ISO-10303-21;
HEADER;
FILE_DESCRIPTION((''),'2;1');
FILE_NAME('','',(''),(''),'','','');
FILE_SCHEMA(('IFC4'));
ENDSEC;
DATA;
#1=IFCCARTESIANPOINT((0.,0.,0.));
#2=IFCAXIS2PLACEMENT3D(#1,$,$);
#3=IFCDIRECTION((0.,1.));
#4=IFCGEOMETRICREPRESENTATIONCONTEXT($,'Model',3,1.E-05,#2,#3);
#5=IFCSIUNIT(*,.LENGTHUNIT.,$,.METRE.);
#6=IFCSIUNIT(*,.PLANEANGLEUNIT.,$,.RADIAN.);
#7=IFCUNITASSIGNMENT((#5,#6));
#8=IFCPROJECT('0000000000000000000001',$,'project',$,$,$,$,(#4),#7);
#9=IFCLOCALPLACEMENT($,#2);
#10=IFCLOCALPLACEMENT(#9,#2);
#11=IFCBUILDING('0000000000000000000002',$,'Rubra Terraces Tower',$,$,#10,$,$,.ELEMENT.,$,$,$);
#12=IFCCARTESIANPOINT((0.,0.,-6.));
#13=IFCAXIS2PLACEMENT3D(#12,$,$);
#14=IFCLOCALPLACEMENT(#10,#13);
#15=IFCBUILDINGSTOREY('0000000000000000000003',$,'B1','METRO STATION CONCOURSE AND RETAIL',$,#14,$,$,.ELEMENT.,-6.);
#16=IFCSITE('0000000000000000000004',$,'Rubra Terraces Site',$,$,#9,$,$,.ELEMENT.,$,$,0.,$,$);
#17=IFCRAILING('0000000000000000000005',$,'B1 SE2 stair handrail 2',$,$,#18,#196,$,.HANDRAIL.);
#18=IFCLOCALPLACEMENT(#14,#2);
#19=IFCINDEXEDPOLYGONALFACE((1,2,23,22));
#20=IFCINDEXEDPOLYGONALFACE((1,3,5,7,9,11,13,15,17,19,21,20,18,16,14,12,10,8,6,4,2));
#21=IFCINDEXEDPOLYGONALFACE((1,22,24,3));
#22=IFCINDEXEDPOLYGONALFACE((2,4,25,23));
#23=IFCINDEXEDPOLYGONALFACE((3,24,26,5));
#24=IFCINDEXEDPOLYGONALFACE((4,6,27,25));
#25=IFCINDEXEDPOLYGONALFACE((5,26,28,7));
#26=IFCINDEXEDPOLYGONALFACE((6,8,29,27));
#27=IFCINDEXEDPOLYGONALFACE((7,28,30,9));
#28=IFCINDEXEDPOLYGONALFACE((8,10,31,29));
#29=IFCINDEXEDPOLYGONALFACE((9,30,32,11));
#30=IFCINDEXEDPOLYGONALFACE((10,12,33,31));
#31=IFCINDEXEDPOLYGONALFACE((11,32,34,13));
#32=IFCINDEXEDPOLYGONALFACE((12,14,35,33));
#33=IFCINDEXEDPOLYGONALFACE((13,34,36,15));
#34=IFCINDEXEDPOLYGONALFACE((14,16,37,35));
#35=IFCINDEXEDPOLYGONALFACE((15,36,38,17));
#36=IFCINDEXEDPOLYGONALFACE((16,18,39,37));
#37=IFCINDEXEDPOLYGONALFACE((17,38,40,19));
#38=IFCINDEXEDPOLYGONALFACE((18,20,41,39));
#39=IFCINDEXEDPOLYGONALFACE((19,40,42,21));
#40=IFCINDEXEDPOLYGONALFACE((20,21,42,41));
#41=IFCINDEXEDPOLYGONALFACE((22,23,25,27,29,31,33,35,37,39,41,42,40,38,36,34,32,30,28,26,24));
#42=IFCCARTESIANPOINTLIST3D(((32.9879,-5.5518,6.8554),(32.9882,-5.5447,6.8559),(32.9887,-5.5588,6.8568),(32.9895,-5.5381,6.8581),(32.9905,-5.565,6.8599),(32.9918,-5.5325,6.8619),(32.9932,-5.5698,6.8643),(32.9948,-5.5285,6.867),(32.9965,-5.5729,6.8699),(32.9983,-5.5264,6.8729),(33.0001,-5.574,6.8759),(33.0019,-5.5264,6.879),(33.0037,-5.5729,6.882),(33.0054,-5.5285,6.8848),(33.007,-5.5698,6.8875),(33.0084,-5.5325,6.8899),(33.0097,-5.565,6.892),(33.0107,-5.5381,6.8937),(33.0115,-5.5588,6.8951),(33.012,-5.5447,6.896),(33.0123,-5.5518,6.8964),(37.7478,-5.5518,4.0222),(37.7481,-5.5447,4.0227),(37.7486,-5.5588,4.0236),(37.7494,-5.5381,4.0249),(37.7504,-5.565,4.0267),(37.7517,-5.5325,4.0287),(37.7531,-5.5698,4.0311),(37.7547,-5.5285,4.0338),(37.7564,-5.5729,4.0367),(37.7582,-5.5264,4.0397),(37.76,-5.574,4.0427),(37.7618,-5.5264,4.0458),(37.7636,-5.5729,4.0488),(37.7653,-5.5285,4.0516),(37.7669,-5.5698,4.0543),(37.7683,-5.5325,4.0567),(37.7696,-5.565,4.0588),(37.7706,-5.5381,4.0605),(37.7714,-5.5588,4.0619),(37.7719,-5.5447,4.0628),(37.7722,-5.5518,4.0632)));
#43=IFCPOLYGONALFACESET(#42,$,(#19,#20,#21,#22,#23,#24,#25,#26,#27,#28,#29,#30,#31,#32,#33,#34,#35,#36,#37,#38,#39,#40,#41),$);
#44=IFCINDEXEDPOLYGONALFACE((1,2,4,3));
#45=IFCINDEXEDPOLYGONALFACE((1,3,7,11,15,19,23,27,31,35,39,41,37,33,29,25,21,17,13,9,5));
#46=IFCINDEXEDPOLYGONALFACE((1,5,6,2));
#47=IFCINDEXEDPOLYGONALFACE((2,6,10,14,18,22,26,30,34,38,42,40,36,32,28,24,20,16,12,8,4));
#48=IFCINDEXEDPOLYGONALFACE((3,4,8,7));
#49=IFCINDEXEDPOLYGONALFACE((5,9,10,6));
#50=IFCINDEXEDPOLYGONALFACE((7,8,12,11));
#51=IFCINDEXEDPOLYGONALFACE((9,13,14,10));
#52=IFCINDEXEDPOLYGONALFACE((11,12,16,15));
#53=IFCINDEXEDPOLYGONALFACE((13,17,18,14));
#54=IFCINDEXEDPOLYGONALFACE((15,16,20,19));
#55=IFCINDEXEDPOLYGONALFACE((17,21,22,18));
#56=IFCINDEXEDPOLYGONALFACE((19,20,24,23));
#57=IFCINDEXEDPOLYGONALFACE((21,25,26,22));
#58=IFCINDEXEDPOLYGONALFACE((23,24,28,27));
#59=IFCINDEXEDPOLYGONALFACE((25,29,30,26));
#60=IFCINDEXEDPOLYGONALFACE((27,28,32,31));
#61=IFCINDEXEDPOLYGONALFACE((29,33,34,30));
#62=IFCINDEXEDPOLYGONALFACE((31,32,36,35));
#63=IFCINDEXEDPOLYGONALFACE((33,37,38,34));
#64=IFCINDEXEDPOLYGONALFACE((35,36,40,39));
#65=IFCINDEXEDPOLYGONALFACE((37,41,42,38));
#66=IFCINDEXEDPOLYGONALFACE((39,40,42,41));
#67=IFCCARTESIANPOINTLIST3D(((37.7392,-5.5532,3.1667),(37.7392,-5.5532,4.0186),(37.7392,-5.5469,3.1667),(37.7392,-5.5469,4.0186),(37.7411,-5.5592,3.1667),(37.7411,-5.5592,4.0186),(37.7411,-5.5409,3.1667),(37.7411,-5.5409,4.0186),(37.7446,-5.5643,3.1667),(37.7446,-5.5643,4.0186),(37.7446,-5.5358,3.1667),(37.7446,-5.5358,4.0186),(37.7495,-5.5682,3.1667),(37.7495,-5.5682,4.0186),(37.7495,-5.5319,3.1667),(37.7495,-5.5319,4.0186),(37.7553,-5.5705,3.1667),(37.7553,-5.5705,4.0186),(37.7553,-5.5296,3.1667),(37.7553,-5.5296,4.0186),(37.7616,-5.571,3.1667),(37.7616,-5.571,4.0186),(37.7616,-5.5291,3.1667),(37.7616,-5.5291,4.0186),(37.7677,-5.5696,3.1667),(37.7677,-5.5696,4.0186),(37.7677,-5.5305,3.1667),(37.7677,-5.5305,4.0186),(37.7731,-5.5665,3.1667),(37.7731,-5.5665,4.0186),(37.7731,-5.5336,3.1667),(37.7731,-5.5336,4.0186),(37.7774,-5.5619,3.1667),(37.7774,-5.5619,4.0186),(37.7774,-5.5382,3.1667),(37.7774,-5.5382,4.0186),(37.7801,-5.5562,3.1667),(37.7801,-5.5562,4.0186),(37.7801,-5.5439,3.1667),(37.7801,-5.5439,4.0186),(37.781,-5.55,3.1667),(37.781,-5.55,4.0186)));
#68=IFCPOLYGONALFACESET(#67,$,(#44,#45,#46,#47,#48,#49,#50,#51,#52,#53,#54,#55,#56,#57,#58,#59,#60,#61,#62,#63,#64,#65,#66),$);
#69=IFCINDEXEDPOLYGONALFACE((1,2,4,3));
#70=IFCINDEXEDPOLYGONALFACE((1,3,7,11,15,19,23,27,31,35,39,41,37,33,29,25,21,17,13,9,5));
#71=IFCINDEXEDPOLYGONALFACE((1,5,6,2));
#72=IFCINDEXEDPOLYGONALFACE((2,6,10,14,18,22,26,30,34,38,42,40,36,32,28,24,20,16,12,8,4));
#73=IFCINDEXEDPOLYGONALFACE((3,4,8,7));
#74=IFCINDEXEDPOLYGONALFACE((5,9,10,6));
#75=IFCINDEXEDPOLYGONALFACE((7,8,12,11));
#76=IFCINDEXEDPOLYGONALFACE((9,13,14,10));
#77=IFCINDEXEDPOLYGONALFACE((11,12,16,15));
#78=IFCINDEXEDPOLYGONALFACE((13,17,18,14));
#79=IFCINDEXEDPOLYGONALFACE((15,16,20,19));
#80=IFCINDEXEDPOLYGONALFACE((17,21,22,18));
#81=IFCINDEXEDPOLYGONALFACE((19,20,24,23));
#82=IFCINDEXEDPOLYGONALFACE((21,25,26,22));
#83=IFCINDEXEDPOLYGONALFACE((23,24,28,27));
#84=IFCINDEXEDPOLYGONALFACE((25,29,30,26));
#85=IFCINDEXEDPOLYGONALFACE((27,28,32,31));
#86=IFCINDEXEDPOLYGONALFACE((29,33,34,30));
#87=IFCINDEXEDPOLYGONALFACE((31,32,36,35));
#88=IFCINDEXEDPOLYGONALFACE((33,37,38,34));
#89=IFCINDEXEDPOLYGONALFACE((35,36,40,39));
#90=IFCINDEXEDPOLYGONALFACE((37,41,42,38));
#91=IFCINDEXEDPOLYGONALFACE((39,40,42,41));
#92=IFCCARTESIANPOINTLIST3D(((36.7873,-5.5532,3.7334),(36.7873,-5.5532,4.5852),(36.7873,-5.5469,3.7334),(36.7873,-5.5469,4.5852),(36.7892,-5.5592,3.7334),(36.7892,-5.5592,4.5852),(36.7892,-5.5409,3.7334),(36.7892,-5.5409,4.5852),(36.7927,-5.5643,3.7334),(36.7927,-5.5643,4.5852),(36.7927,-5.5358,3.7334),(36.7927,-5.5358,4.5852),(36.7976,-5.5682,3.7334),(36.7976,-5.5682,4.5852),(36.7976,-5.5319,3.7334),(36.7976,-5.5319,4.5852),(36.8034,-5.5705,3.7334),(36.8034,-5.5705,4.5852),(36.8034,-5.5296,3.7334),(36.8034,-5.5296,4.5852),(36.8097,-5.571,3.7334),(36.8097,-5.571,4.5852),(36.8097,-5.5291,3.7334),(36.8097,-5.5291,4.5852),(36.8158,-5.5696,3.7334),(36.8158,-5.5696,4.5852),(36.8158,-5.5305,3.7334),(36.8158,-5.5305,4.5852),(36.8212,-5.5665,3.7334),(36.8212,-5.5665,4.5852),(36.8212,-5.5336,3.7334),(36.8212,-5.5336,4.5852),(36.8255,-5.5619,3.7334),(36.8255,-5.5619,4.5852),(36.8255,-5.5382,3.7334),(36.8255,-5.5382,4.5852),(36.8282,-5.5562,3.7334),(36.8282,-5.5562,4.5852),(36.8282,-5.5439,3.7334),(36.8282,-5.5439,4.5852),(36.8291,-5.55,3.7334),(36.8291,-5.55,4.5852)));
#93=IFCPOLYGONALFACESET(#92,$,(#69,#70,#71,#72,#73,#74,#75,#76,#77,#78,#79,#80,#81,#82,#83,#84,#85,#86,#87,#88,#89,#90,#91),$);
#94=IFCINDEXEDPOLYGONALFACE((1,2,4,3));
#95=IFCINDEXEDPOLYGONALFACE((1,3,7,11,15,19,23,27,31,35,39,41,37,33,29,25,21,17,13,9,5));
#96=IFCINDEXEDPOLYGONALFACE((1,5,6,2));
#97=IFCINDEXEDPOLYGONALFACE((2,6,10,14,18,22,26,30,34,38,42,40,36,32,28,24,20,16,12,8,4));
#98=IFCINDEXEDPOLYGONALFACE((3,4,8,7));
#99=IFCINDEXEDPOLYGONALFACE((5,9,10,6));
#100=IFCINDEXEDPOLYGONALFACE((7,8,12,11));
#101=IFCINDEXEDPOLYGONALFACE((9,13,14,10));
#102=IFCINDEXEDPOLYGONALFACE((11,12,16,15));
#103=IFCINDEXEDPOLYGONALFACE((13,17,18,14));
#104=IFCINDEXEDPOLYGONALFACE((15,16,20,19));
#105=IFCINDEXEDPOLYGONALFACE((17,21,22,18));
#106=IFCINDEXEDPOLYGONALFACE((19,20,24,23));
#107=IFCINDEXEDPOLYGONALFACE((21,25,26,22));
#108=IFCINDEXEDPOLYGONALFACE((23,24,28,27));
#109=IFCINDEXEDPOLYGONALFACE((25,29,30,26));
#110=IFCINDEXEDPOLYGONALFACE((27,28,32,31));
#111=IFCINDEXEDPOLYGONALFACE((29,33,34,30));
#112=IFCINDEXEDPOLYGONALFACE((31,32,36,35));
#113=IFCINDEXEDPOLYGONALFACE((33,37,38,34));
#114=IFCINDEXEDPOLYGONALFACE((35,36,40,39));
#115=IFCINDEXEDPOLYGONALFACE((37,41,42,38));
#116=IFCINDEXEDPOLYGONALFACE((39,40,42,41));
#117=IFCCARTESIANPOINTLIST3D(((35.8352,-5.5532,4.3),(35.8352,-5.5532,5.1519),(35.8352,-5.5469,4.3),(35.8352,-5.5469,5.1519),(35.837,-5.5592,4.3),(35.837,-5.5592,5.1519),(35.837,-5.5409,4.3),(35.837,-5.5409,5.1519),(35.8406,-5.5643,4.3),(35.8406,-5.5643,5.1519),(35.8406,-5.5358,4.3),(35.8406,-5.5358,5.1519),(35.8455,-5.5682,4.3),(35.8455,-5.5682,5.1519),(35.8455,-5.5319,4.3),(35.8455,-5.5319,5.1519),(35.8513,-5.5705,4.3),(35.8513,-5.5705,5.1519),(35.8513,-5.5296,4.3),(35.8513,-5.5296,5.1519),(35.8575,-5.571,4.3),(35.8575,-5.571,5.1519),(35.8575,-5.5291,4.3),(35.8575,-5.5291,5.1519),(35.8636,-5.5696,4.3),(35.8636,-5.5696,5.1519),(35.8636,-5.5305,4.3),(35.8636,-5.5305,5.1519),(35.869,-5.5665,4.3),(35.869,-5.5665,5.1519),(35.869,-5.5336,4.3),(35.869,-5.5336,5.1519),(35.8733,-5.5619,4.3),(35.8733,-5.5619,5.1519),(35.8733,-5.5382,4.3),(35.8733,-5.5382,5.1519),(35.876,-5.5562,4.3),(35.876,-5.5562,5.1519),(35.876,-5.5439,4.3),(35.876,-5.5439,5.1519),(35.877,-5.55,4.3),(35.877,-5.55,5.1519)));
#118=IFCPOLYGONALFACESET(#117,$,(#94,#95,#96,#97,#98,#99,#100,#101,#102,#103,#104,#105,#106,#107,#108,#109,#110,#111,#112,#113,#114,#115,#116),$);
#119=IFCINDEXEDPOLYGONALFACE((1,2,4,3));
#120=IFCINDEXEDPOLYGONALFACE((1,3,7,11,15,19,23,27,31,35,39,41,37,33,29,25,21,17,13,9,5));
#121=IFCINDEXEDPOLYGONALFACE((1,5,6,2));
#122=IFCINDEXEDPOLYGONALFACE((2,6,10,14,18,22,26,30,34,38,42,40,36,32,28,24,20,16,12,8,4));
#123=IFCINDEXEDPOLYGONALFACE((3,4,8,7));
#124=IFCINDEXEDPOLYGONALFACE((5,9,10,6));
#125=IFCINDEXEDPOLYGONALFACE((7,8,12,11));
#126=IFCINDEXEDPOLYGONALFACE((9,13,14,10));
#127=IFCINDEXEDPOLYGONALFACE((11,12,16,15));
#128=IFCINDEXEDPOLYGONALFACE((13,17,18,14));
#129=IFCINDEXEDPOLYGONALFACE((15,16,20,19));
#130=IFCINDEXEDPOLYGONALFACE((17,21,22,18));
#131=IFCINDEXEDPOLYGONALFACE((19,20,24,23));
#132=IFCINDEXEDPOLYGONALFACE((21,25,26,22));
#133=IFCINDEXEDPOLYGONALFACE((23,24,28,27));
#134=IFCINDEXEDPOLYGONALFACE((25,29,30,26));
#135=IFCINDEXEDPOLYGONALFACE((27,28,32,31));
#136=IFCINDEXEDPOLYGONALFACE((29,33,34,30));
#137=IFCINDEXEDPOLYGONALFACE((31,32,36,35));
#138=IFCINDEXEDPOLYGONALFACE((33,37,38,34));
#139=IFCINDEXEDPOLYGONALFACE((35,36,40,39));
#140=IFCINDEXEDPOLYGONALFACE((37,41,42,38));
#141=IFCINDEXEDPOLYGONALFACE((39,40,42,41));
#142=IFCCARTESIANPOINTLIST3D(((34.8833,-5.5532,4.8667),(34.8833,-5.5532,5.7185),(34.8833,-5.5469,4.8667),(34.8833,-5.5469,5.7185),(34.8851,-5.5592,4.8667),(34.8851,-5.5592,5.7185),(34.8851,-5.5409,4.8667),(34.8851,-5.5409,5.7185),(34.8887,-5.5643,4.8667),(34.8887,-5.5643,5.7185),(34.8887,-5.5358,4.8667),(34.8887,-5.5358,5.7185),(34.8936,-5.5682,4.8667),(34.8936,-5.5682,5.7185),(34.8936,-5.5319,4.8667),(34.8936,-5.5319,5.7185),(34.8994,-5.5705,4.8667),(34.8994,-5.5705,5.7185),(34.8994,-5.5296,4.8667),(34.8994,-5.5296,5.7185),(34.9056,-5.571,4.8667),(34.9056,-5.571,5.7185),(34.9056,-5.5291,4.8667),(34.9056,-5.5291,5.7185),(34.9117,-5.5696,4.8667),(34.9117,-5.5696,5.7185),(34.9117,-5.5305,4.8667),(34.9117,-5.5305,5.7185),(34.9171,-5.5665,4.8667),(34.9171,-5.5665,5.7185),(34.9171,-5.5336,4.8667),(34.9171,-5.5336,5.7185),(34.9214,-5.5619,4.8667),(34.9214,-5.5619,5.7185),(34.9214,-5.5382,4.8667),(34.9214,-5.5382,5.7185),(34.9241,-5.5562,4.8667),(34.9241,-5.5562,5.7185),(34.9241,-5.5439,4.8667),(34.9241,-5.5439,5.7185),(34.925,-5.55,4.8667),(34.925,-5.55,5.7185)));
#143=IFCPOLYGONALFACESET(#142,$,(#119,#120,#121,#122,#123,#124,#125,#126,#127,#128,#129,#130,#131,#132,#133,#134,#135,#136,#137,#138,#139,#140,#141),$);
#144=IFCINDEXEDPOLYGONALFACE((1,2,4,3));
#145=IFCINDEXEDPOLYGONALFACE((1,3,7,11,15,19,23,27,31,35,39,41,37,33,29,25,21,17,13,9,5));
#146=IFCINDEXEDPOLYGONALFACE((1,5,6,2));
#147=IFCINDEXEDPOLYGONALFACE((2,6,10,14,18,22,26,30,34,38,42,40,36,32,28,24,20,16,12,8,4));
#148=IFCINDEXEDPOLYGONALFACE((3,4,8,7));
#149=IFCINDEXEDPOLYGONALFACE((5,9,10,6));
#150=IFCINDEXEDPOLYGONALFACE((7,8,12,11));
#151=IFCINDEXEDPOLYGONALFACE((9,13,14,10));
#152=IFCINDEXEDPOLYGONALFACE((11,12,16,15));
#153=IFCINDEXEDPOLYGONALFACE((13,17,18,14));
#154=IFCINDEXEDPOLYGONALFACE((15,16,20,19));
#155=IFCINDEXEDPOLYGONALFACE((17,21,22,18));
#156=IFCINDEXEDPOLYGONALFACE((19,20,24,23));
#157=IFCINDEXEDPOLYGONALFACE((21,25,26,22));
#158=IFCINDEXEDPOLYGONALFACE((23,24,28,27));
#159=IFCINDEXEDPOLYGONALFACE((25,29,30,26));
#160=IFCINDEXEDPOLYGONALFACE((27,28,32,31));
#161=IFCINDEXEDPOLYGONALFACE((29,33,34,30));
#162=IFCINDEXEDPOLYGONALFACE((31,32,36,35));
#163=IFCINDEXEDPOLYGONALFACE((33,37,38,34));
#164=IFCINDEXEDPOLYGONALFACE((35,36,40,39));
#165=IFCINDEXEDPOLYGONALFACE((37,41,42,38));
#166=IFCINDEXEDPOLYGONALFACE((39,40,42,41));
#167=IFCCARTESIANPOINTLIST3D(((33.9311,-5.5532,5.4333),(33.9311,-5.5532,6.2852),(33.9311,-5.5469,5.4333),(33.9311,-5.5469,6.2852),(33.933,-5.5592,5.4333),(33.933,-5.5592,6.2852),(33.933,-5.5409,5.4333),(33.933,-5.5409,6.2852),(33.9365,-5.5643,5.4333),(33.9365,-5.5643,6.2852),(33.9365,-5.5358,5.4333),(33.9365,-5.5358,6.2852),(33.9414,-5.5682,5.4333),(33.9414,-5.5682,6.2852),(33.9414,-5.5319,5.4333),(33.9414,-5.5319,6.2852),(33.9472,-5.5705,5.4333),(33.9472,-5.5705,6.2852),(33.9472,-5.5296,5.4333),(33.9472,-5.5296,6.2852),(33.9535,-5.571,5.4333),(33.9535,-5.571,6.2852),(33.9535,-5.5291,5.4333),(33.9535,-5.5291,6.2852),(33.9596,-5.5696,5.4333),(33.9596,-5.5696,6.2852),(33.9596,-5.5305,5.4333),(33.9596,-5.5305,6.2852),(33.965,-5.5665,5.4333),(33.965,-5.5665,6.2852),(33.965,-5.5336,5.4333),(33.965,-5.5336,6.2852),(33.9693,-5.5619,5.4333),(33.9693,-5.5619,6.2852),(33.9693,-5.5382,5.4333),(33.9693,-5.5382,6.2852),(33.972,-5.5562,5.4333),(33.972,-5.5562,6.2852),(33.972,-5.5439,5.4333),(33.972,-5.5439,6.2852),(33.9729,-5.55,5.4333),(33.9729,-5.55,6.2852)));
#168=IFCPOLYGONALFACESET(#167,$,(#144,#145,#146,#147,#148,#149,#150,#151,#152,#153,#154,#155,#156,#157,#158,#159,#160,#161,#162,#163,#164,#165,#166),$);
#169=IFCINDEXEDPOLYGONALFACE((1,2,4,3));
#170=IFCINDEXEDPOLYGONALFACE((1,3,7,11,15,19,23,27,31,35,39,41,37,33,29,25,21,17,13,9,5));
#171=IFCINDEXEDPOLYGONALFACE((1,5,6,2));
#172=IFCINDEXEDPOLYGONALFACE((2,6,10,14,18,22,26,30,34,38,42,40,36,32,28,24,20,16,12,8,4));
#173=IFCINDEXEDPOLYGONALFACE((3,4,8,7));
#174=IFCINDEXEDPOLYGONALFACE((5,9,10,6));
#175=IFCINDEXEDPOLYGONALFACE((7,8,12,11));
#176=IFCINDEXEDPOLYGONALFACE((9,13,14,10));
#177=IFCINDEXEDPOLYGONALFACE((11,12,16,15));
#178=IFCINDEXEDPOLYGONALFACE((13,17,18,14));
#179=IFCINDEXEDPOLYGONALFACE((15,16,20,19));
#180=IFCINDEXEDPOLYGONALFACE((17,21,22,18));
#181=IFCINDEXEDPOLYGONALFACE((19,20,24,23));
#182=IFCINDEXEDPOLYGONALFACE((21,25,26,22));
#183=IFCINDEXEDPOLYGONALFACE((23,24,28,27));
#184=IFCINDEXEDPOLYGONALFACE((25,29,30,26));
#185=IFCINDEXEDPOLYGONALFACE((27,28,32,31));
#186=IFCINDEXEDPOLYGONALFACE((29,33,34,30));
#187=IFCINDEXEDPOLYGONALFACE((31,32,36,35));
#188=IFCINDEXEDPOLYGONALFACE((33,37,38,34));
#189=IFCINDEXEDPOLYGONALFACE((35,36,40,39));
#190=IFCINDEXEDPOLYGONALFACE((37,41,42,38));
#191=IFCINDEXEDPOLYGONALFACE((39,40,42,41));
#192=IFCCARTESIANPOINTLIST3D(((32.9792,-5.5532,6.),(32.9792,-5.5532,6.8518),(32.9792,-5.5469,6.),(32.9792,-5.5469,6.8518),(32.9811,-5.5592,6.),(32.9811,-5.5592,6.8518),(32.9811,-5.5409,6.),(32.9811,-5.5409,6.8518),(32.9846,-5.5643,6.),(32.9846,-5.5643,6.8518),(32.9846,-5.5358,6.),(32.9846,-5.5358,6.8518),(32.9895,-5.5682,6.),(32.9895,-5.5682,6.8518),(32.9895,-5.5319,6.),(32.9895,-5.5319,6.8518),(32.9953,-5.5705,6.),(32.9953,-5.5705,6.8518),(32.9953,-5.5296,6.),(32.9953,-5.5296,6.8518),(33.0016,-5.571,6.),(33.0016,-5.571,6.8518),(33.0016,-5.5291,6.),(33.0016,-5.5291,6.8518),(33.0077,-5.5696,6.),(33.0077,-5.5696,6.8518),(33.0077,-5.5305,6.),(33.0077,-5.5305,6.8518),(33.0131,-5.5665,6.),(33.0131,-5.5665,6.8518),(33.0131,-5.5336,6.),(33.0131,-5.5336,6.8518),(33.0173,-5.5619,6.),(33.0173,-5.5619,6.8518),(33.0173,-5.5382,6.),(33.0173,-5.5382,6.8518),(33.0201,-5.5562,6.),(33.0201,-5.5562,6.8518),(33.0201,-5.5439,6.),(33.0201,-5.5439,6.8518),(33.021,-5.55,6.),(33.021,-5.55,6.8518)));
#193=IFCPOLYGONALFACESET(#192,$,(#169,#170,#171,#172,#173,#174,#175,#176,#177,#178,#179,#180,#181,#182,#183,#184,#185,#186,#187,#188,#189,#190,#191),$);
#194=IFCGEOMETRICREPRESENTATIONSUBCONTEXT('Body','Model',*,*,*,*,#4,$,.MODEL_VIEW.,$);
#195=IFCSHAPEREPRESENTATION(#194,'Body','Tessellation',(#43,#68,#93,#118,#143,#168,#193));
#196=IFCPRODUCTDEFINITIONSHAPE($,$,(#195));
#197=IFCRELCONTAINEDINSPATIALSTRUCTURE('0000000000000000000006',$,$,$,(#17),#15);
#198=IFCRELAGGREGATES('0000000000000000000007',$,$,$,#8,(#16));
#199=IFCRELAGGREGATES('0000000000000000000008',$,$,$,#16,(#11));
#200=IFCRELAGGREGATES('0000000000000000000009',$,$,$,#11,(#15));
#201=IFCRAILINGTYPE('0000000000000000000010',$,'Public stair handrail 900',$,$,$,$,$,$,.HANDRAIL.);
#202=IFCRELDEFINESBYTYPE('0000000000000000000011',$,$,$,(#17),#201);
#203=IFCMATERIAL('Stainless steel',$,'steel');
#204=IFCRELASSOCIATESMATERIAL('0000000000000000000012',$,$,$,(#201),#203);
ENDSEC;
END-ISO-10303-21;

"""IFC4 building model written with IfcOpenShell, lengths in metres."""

from ifc_helpers import new_model, si_unit, direction, frame, origin, origin_2d, place, context, subcontext, project, spatial, circle, extrude, material, type_object, element, save


model = new_model("IFC4")

# Units and contexts
model_context = context("Model", 3, precision=1e-05, world=origin(), true_north=direction((0.0, 1.0)))
body_context = subcontext(model_context, "Body", "Model", "MODEL_VIEW")
ifc_project = project(units=[si_unit("LENGTHUNIT", "METRE"), si_unit("PLANEANGLEUNIT", "RADIAN")], contexts=[model_context])

# Site, building, storey
site_placement = place(None, origin())
site = spatial("IfcSite", under=ifc_project, at=site_placement, Name="Rubra Terraces Site", CompositionType="ELEMENT", RefElevation=0.0)
building_placement = place(site_placement, origin())
building = spatial("IfcBuilding", under=site, at=building_placement, Name="Rubra Terraces Tower", CompositionType="ELEMENT")
storey_placement = place(building_placement, frame((0.0, 0.0, -6.0)))
storey = spatial("IfcBuildingStorey", under=building, at=storey_placement, Name="B1", Description="METRO STATION CONCOURSE AND RETAIL", CompositionType="ELEMENT", Elevation=-6.0)

# Railing
ifc_material_1 = material(Name="Stainless steel", Category="steel")
railing_type_1 = type_object("IfcRailingType", Name="Public stair handrail 900", PredefinedType="HANDRAIL", material=ifc_material_1)
railing_1_placement = place(storey_placement, frame((37.76, -5.55, 3.1667)))
element("IfcRailing", 1, at=railing_1_placement, inside=storey, type_object=railing_type_1, Name="B1 SE2 stair handrail 2", PredefinedType="HANDRAIL", context=body_context, shape_type="SweptSolid", body=[
    extrude(circle(Radius=0.0239, at=origin_2d()), frame((0.0, 0.0, 0.876), z_axis=(-0.8593, 0.0, 0.511472), x_axis=(0.0, -1.0, 0.0)), (0.0, 0.0, 1.0), 5.5393),
    extrude(circle(Radius=0.021, at=origin_2d()), origin(), (0.0, 0.0, 1.0), 0.8518),
    extrude(circle(Radius=0.021, at=origin_2d()), frame((-0.9519, 0.0, 0.5667)), (0.0, 0.0, 1.0), 0.8518),
    extrude(circle(Radius=0.021, at=origin_2d()), frame((-1.9041, 0.0, 1.1333)), (0.0, 0.0, 1.0), 0.8518),
    extrude(circle(Radius=0.021, at=origin_2d()), frame((-2.856, 0.0, 1.7)), (0.0, 0.0, 1.0), 0.8518),
    extrude(circle(Radius=0.021, at=origin_2d()), frame((-3.8081, 0.0, 2.2666)), (0.0, 0.0, 1.0), 0.8518),
    extrude(circle(Radius=0.021, at=origin_2d()), frame((-4.76, 0.0, 2.8333)), (0.0, 0.0, 1.0), 0.8518),
])

save(model, "model.ifc")
